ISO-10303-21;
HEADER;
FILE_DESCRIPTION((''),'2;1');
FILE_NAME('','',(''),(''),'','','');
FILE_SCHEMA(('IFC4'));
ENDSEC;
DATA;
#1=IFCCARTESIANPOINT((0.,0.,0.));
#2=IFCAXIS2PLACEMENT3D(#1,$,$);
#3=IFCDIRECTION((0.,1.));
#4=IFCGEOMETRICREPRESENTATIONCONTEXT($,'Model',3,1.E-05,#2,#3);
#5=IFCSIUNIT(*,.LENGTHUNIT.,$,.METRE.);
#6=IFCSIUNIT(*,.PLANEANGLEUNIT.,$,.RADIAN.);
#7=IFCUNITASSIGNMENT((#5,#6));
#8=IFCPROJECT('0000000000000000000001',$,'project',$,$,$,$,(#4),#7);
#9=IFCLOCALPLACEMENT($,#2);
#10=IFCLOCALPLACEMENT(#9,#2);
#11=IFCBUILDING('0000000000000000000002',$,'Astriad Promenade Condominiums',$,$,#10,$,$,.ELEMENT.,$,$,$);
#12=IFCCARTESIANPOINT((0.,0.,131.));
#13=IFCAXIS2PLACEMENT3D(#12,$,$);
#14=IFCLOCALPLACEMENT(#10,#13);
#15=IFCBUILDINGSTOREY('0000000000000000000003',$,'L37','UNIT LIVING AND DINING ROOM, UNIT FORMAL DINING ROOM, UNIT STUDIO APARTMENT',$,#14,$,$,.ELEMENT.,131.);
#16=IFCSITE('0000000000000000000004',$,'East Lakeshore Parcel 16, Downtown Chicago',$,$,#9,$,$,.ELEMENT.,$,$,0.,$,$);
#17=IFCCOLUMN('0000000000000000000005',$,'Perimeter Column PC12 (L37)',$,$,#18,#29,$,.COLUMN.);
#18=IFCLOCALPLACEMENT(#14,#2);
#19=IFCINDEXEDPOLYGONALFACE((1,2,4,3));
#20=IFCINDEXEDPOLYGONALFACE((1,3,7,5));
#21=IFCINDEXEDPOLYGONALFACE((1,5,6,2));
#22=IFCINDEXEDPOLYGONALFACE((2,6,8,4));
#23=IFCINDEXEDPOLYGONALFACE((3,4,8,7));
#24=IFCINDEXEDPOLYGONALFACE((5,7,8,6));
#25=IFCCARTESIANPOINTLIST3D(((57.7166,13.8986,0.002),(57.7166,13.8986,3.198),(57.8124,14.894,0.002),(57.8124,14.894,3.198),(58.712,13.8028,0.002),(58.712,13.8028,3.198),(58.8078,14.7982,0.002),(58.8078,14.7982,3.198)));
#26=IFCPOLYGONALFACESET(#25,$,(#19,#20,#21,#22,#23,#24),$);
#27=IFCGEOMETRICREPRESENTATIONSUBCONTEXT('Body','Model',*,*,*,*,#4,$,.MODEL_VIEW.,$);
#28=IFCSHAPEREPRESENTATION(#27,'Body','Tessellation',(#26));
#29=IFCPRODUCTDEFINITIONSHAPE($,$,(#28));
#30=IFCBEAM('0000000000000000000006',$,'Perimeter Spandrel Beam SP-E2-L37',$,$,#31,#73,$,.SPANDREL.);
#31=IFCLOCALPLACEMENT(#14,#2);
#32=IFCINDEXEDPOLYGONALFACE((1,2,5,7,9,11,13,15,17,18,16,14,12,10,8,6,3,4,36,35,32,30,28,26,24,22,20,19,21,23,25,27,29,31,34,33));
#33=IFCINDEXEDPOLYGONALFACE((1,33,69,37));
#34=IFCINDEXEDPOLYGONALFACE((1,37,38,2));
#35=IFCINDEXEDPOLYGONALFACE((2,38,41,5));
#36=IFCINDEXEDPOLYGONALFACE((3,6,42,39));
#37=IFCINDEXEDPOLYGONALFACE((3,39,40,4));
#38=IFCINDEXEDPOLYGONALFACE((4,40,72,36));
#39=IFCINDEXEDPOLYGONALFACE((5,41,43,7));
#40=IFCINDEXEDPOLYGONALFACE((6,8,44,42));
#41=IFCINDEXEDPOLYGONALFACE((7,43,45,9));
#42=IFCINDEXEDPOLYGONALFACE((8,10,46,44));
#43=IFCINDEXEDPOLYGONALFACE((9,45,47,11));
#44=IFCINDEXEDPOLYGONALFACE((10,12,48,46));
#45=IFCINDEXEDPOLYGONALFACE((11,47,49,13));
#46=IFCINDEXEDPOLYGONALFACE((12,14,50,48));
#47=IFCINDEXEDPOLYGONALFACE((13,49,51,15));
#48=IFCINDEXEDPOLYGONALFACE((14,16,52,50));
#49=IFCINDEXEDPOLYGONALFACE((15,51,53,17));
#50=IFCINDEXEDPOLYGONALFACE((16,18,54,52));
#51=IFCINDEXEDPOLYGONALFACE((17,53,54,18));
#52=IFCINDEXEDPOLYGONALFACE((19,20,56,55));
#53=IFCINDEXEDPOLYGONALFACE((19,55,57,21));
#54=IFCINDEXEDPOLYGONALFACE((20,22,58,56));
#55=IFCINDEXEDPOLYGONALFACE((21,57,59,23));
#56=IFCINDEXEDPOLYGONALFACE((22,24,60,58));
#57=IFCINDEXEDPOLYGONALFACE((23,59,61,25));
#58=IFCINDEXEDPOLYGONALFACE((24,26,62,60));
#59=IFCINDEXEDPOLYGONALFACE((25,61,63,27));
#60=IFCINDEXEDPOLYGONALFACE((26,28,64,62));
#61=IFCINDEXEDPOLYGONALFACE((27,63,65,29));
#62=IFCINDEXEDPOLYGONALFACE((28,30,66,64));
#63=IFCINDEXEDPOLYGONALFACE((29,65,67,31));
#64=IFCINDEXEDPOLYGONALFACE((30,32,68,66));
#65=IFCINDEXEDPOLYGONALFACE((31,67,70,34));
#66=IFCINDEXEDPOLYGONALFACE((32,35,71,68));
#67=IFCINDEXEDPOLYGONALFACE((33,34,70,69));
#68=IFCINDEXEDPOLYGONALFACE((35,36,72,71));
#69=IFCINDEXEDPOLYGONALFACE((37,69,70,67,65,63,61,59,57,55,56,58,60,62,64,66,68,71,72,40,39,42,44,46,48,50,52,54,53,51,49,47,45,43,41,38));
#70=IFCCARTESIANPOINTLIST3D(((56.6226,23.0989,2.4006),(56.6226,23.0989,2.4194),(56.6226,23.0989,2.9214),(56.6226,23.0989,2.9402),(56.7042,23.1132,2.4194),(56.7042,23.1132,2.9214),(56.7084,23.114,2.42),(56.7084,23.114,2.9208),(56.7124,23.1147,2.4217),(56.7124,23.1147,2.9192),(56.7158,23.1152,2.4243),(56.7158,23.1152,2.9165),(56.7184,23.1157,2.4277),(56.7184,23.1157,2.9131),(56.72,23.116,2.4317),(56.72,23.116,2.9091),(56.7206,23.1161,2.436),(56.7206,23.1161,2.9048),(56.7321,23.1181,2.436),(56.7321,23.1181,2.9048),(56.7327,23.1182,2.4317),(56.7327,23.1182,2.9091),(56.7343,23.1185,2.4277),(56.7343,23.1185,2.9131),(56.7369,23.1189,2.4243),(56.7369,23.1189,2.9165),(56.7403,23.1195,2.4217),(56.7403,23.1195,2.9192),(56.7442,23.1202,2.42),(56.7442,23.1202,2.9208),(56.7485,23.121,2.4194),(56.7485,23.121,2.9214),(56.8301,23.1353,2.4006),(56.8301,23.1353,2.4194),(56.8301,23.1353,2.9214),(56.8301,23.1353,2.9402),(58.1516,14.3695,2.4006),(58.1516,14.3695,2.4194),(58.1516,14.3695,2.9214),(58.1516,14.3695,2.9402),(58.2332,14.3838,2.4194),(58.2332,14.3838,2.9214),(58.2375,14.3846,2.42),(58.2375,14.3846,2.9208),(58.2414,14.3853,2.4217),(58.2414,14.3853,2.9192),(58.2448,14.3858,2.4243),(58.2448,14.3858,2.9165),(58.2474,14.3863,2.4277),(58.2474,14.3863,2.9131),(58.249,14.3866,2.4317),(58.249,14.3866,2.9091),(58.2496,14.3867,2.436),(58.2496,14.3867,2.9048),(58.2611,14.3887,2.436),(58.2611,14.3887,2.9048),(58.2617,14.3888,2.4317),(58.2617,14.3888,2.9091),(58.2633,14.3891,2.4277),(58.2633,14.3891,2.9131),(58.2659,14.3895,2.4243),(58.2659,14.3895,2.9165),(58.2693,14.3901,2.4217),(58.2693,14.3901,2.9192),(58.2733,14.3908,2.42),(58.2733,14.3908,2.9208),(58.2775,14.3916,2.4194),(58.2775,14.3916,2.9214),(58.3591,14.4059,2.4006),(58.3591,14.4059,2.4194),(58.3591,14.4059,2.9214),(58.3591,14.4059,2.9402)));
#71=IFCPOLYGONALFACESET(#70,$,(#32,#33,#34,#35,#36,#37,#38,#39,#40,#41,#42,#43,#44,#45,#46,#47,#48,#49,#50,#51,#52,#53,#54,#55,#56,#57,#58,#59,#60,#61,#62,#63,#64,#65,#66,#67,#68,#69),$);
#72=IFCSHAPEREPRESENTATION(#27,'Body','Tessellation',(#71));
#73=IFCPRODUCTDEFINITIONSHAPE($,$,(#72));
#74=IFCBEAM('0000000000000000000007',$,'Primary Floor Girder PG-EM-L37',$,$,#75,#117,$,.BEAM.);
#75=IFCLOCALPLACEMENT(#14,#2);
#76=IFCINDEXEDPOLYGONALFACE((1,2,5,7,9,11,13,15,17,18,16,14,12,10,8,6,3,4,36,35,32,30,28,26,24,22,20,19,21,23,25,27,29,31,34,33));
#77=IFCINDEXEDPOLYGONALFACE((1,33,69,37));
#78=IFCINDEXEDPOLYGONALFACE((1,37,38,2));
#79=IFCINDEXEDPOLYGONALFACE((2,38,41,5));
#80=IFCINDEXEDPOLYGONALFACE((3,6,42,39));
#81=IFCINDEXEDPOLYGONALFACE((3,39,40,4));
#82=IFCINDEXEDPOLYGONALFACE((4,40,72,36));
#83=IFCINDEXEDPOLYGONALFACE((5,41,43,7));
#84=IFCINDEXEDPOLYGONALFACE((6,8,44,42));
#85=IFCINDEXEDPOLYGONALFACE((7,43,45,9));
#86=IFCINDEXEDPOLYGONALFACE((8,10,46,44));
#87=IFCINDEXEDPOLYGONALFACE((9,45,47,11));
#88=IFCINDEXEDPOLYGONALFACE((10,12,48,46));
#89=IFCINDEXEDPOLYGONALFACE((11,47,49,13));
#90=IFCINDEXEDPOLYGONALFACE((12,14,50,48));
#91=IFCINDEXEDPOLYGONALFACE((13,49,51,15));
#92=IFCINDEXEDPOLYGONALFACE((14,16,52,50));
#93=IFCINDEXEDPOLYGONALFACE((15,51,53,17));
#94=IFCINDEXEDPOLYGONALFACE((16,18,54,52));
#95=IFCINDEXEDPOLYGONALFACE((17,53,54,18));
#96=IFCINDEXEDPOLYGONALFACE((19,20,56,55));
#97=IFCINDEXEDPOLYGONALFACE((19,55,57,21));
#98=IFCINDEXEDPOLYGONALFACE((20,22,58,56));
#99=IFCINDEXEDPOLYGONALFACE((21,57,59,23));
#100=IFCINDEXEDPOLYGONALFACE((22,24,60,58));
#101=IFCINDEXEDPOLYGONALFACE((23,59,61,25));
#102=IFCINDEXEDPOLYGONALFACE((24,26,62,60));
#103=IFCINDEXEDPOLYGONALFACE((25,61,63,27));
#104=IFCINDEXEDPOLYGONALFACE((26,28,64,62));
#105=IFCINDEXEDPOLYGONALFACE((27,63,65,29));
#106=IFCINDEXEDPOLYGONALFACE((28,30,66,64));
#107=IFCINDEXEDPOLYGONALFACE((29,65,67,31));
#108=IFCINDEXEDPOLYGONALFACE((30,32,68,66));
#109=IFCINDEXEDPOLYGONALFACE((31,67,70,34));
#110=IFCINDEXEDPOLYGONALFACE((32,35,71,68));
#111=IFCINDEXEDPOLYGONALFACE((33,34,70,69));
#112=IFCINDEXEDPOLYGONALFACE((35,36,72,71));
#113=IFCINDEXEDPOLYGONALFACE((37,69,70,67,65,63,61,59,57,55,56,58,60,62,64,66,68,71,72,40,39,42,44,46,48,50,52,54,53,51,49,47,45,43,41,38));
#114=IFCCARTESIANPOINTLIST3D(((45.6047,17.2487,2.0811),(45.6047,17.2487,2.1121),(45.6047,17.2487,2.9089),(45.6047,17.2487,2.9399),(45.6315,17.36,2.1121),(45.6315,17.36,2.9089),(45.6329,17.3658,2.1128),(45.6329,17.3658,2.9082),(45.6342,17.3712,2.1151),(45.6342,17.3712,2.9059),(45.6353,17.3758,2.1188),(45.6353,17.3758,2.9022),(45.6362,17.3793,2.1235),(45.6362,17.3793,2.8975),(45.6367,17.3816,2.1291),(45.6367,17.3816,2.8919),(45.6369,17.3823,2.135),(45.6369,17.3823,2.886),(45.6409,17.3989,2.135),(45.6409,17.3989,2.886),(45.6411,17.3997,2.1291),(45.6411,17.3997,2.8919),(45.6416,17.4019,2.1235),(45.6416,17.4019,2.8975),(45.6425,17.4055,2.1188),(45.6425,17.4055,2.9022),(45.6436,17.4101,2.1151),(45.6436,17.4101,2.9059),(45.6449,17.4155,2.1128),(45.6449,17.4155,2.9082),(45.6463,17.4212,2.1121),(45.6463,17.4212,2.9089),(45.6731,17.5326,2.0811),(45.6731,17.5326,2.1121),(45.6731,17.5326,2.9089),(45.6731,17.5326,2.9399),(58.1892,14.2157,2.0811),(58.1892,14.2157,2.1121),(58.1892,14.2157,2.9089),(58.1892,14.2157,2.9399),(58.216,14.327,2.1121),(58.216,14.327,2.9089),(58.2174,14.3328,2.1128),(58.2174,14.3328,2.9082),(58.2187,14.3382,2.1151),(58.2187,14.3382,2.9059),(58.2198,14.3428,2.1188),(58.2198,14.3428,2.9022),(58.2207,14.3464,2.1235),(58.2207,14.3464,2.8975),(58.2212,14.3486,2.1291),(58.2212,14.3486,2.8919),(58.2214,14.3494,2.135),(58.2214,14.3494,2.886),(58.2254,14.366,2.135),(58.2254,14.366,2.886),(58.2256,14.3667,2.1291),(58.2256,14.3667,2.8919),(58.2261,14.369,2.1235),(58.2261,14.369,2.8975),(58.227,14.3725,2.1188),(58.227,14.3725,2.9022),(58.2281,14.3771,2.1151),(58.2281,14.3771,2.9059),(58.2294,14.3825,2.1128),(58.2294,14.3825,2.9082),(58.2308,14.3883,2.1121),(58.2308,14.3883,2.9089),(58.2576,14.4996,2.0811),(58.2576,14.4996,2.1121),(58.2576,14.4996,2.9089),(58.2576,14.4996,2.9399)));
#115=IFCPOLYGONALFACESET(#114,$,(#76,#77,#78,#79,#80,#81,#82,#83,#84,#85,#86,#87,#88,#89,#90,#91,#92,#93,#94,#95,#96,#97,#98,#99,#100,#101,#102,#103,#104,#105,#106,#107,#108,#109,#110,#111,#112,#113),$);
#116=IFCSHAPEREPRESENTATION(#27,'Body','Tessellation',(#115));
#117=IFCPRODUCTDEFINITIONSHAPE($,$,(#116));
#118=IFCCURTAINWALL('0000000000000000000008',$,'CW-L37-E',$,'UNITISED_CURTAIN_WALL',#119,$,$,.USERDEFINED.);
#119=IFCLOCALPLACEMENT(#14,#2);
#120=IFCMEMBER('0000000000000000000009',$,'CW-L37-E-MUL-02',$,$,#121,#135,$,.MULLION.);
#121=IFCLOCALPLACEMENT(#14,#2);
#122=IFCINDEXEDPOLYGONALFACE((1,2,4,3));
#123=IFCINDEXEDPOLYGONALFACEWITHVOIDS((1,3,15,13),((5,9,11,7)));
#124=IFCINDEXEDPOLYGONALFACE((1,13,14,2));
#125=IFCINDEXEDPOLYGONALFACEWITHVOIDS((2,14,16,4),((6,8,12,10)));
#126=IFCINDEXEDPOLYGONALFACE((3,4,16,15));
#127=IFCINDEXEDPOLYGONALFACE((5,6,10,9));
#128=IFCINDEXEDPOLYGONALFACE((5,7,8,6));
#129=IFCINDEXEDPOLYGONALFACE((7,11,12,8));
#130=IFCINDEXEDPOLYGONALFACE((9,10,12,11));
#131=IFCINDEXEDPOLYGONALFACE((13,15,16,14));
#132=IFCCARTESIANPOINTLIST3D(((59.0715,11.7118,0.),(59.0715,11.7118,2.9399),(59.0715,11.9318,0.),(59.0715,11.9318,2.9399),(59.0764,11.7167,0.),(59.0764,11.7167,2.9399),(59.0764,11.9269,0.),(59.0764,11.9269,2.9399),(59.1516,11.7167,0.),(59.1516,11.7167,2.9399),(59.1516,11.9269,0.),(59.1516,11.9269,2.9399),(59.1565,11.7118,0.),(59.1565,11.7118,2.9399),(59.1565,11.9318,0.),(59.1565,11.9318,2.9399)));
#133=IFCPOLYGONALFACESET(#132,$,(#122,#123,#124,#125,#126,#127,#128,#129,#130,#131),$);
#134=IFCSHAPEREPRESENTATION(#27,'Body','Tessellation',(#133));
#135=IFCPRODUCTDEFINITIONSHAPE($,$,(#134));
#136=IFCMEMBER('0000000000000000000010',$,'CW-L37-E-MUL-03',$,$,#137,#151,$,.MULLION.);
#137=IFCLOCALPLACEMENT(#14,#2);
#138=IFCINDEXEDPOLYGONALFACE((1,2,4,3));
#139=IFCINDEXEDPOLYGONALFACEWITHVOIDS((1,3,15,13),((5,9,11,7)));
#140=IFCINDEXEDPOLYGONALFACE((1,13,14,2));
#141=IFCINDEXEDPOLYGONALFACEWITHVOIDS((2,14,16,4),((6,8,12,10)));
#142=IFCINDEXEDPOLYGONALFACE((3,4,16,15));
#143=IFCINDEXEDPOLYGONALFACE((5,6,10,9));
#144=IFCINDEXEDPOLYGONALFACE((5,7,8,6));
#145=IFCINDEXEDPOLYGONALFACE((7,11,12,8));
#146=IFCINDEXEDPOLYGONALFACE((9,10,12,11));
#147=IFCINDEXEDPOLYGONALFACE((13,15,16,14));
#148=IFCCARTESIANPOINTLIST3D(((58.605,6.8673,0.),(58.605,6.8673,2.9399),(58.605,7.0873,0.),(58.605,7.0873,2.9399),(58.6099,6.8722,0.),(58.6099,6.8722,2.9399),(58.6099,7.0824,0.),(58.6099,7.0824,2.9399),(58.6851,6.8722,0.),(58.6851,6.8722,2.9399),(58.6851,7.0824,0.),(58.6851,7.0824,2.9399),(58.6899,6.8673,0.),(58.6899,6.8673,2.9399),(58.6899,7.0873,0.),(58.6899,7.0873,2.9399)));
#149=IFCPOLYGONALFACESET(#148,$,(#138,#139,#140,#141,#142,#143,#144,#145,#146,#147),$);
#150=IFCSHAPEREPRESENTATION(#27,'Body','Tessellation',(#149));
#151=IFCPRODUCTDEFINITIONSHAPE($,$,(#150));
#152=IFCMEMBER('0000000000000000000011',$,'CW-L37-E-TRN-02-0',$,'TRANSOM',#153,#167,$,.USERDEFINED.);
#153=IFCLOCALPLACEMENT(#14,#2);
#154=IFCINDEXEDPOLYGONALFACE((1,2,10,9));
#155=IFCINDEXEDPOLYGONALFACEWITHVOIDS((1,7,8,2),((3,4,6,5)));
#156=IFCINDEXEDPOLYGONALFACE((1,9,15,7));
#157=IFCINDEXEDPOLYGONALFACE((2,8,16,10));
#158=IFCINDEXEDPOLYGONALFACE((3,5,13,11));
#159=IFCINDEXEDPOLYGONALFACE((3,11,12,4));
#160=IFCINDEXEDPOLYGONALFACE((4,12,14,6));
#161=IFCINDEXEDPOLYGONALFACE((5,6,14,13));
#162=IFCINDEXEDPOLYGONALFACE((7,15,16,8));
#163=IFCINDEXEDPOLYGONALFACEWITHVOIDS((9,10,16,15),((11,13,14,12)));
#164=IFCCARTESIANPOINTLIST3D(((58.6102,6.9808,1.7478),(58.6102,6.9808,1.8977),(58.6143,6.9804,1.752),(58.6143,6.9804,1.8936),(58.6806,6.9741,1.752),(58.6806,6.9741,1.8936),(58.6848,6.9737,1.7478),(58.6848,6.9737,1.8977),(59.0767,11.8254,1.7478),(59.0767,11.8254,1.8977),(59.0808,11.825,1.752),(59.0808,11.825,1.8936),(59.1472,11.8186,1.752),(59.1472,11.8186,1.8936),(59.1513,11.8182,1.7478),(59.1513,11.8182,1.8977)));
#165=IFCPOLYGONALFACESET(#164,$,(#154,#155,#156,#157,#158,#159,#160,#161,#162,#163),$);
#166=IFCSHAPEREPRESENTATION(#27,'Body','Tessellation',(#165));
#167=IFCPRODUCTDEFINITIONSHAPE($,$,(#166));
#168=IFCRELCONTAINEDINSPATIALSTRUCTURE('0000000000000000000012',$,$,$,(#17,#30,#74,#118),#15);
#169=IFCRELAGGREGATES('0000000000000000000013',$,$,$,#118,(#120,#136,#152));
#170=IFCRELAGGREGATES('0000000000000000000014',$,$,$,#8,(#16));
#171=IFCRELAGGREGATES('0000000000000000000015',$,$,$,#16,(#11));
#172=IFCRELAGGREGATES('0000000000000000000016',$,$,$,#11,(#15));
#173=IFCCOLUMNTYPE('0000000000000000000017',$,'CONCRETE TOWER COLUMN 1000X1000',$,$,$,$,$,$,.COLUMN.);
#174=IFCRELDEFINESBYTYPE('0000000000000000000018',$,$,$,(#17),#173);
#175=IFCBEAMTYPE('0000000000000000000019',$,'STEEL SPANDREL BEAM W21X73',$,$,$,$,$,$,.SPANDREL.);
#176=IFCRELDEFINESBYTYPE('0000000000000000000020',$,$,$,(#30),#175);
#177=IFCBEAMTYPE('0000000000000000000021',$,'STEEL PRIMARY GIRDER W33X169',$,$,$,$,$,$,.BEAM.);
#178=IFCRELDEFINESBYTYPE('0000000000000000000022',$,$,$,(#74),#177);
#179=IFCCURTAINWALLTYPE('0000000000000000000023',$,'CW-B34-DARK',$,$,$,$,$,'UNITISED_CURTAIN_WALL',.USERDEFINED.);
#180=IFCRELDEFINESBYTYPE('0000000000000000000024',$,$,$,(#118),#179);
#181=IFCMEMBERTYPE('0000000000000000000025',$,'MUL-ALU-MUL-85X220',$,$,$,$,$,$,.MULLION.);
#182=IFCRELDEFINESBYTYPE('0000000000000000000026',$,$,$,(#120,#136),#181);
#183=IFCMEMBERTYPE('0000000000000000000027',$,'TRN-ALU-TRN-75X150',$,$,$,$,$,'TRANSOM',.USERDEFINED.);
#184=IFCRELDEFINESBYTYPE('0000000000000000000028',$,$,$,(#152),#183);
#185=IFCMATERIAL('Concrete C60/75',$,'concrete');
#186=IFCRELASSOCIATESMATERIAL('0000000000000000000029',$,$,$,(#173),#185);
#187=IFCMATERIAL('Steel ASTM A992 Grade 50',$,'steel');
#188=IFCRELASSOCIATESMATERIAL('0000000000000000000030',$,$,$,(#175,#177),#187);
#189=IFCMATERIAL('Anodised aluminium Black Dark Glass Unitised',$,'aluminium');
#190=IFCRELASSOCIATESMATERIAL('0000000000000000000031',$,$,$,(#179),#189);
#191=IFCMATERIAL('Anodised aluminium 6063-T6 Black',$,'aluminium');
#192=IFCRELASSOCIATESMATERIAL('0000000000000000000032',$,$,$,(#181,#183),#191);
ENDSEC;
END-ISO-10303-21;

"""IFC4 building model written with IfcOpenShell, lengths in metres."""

from ifc_helpers import new_model, si_unit, direction, frame, origin, origin_2d, place, context, subcontext, project, spatial, rectangle, hollow_rectangle, i_section, extrude, source, transform, mapped, material, material_profile, profile_set, type_object, type_shapes, element, aggregate, save


model = new_model("IFC4")

# Units and contexts
model_context = context("Model", 3, precision=1e-05, world=origin(), true_north=direction((0.0, 1.0)))
body_context = subcontext(model_context, "Body", "Model", "MODEL_VIEW")
ifc_project = project(units=[si_unit("LENGTHUNIT", "METRE"), si_unit("PLANEANGLEUNIT", "RADIAN")], contexts=[model_context])

# Site, building, storey
site_placement = place(None, origin())
site = spatial("IfcSite", under=ifc_project, at=site_placement, Name="East Lakeshore Parcel 16, Downtown Chicago", CompositionType="ELEMENT", RefElevation=0.0)
building_placement = place(site_placement, origin())
building = spatial("IfcBuilding", under=site, at=building_placement, Name="Astriad Promenade Condominiums", CompositionType="ELEMENT")
storey_placement = place(building_placement, frame((0.0, 0.0, 131.0)))
storey = spatial("IfcBuildingStorey", under=building, at=storey_placement, Name="L37", Description="UNIT LIVING AND DINING ROOM, UNIT FORMAL DINING ROOM, UNIT STUDIO APARTMENT", CompositionType="ELEMENT", Elevation=131.0)

# Column
ifc_material_1 = material(Name="Concrete C60/75", Category="concrete")
ifc_material_profile_1 = material_profile(ifc_material_1, rectangle(XDim=1.0, YDim=1.0, at=origin_2d()), Name="RC-COL-1000X1000")
ifc_profile_set_1 = profile_set([ifc_material_profile_1], Name="Concrete C60/75")
column_type = type_object("IfcColumnType", Name="CONCRETE TOWER COLUMN 1000X1000", PredefinedType="COLUMN", material=ifc_profile_set_1)
shared_shape_1 = source(origin(), body_context, "Body", "SweptSolid", [
    extrude(rectangle(XDim=1.0, YDim=1.0, at=origin_2d()), origin(), (0.0, 0.0, 1.0), 3.196),
])
type_shapes(column_type, [shared_shape_1])
column_placement = place(storey_placement, frame((58.2622, 14.3484, 0.002), z_axis=(0.0, 0.0, 1.0), x_axis=(0.995396, -0.095846, 0.0)))
element("IfcColumn", 1, at=column_placement, inside=storey, type_object=column_type, Name="Perimeter Column PC12 (L37)", PredefinedType="COLUMN", context=body_context, shape_type="MappedRepresentation", body=[
    mapped(shared_shape_1, transform((0.0, 0.0, 0.0), scale=1.0)),
])

# Beams
ifc_material_2 = material(Name="Steel ASTM A992 Grade 50", Category="steel")
ifc_material_profile_2 = material_profile(ifc_material_2, i_section(OverallWidth=0.2107, OverallDepth=0.5396, WebThickness=0.0117, FlangeThickness=0.0188, FilletRadius=0.0166, at=origin_2d()), Name="W21X73")
ifc_profile_set_2 = profile_set([ifc_material_profile_2], Name="Steel ASTM A992 Grade 50")
beam_type_1 = type_object("IfcBeamType", Name="STEEL SPANDREL BEAM W21X73", PredefinedType="SPANDREL", material=ifc_profile_set_2)
shared_shape_2 = source(origin(), body_context, "Body", "SweptSolid", [
    extrude(i_section(OverallWidth=0.2107, OverallDepth=0.5396, WebThickness=0.0117, FlangeThickness=0.0188, FilletRadius=0.0166, at=origin_2d()), origin(), (0.0, 0.0, 1.0), 8.8623),
])
type_shapes(beam_type_1, [shared_shape_2])
beam_1_placement = place(storey_placement, frame((58.2554, 14.3877, 2.6704), z_axis=(-0.172533, 0.985004, 0.0), x_axis=(-0.985004, -0.172533, 0.0)))
element("IfcBeam", 2, at=beam_1_placement, inside=storey, type_object=beam_type_1, Name="Perimeter Spandrel Beam SP-E2-L37", PredefinedType="SPANDREL", context=body_context, shape_type="MappedRepresentation", body=[
    mapped(shared_shape_2, transform((0.0, 0.0, 0.0), scale=1.0)),
])
ifc_material_profile_3 = material_profile(ifc_material_2, i_section(OverallWidth=0.292, OverallDepth=0.8589, WebThickness=0.0171, FlangeThickness=0.031, FilletRadius=0.0229, at=origin_2d()), Name="W33X169")
ifc_profile_set_3 = profile_set([ifc_material_profile_3], Name="Steel ASTM A992 Grade 50")
beam_type_2 = type_object("IfcBeamType", Name="STEEL PRIMARY GIRDER W33X169", PredefinedType="BEAM", material=ifc_profile_set_3)
shared_shape_3 = source(origin(), body_context, "Body", "SweptSolid", [
    extrude(i_section(OverallWidth=0.292, OverallDepth=0.8589, WebThickness=0.0171, FlangeThickness=0.031, FilletRadius=0.0229, at=origin_2d()), origin(), (0.0, 0.0, 1.0), 12.9448),
])
type_shapes(beam_type_2, [shared_shape_3])
beam_2_placement = place(storey_placement, frame((58.2234, 14.3577, 2.5105), z_axis=(-0.972164, 0.234299, 0.0), x_axis=(-0.234299, -0.972164, 0.0)))
element("IfcBeam", 3, at=beam_2_placement, inside=storey, type_object=beam_type_2, Name="Primary Floor Girder PG-EM-L37", PredefinedType="BEAM", context=body_context, shape_type="MappedRepresentation", body=[
    mapped(shared_shape_3, transform((0.0, 0.0, 0.0), scale=1.0)),
])

# Curtain wall, members
ifc_material_3 = material(Name="Anodised aluminium Black Dark Glass Unitised", Category="aluminium")
curtain_wall_type = type_object("IfcCurtainWallType", Name="CW-B34-DARK", ElementType="UNITISED_CURTAIN_WALL", PredefinedType="USERDEFINED", material=ifc_material_3)
curtain_wall_placement = place(storey_placement, origin())
curtain_wall = element("IfcCurtainWall", 4, at=curtain_wall_placement, inside=storey, type_object=curtain_wall_type, Name="CW-L37-E", ObjectType="UNITISED_CURTAIN_WALL", PredefinedType="USERDEFINED")
ifc_material_4 = material(Name="Anodised aluminium 6063-T6 Black", Category="aluminium")
ifc_material_profile_4 = material_profile(ifc_material_4, hollow_rectangle(XDim=0.085, YDim=0.22, WallThickness=0.0049, at=origin_2d()), Name="ALU-MUL-85X220")
ifc_profile_set_4 = profile_set([ifc_material_profile_4], Name="Anodised aluminium 6063-T6 Black")
member_type_1 = type_object("IfcMemberType", Name="MUL-ALU-MUL-85X220", PredefinedType="MULLION", material=ifc_profile_set_4)
shared_shape_4 = source(origin(), body_context, "Body", "SweptSolid", [
    extrude(hollow_rectangle(XDim=0.085, YDim=0.22, WallThickness=0.0049, at=origin_2d()), origin(), (0.0, 0.0, 1.0), 2.9399),
])
type_shapes(member_type_1, [shared_shape_4])
member_1_placement = place(storey_placement, frame((59.114, 11.8218, 0.0), z_axis=(0.0, 0.0, 1.0), x_axis=(1.0, 0.0, 0.0)))
member_1 = element("IfcMember", 5, at=member_1_placement, type_object=member_type_1, Name="CW-L37-E-MUL-02", PredefinedType="MULLION", context=body_context, shape_type="MappedRepresentation", body=[
    mapped(shared_shape_4, transform((0.0, 0.0, 0.0), scale=1.0)),
])
member_2_placement = place(storey_placement, frame((58.6475, 6.9773, 0.0), z_axis=(0.0, 0.0, 1.0), x_axis=(1.0, 0.0, 0.0)))
member_2 = element("IfcMember", 6, at=member_2_placement, type_object=member_type_1, Name="CW-L37-E-MUL-03", PredefinedType="MULLION", context=body_context, shape_type="MappedRepresentation", body=[
    mapped(shared_shape_4, transform((0.0, 0.0, 0.0), scale=1.0)),
])
ifc_material_profile_5 = material_profile(ifc_material_4, hollow_rectangle(XDim=0.075, YDim=0.1499, WallThickness=0.0042, at=origin_2d()), Name="ALU-TRN-75X150")
ifc_profile_set_5 = profile_set([ifc_material_profile_5], Name="Anodised aluminium 6063-T6 Black")
member_type_2 = type_object("IfcMemberType", Name="TRN-ALU-TRN-75X150", ElementType="TRANSOM", PredefinedType="USERDEFINED", material=ifc_profile_set_5)
shared_shape_5 = source(origin(), body_context, "Body", "SweptSolid", [
    extrude(hollow_rectangle(XDim=0.075, YDim=0.1499, WallThickness=0.0042, at=origin_2d()), origin(), (0.0, 0.0, 1.0), 4.8669),
])
type_shapes(member_type_2, [shared_shape_5])
member_3_placement = place(storey_placement, frame((59.114, 11.8218, 1.8228), z_axis=(-0.095862, -0.995395, 0.0), x_axis=(0.995395, -0.095862, 0.0)))
member_3 = element("IfcMember", 7, at=member_3_placement, type_object=member_type_2, Name="CW-L37-E-TRN-02-0", ObjectType="TRANSOM", PredefinedType="USERDEFINED", context=body_context, shape_type="MappedRepresentation", body=[
    mapped(shared_shape_5, transform((0.0, 0.0, 0.0), scale=1.0)),
])
aggregate(curtain_wall, [member_1, member_2, member_3])

save(model, "model.ifc")
